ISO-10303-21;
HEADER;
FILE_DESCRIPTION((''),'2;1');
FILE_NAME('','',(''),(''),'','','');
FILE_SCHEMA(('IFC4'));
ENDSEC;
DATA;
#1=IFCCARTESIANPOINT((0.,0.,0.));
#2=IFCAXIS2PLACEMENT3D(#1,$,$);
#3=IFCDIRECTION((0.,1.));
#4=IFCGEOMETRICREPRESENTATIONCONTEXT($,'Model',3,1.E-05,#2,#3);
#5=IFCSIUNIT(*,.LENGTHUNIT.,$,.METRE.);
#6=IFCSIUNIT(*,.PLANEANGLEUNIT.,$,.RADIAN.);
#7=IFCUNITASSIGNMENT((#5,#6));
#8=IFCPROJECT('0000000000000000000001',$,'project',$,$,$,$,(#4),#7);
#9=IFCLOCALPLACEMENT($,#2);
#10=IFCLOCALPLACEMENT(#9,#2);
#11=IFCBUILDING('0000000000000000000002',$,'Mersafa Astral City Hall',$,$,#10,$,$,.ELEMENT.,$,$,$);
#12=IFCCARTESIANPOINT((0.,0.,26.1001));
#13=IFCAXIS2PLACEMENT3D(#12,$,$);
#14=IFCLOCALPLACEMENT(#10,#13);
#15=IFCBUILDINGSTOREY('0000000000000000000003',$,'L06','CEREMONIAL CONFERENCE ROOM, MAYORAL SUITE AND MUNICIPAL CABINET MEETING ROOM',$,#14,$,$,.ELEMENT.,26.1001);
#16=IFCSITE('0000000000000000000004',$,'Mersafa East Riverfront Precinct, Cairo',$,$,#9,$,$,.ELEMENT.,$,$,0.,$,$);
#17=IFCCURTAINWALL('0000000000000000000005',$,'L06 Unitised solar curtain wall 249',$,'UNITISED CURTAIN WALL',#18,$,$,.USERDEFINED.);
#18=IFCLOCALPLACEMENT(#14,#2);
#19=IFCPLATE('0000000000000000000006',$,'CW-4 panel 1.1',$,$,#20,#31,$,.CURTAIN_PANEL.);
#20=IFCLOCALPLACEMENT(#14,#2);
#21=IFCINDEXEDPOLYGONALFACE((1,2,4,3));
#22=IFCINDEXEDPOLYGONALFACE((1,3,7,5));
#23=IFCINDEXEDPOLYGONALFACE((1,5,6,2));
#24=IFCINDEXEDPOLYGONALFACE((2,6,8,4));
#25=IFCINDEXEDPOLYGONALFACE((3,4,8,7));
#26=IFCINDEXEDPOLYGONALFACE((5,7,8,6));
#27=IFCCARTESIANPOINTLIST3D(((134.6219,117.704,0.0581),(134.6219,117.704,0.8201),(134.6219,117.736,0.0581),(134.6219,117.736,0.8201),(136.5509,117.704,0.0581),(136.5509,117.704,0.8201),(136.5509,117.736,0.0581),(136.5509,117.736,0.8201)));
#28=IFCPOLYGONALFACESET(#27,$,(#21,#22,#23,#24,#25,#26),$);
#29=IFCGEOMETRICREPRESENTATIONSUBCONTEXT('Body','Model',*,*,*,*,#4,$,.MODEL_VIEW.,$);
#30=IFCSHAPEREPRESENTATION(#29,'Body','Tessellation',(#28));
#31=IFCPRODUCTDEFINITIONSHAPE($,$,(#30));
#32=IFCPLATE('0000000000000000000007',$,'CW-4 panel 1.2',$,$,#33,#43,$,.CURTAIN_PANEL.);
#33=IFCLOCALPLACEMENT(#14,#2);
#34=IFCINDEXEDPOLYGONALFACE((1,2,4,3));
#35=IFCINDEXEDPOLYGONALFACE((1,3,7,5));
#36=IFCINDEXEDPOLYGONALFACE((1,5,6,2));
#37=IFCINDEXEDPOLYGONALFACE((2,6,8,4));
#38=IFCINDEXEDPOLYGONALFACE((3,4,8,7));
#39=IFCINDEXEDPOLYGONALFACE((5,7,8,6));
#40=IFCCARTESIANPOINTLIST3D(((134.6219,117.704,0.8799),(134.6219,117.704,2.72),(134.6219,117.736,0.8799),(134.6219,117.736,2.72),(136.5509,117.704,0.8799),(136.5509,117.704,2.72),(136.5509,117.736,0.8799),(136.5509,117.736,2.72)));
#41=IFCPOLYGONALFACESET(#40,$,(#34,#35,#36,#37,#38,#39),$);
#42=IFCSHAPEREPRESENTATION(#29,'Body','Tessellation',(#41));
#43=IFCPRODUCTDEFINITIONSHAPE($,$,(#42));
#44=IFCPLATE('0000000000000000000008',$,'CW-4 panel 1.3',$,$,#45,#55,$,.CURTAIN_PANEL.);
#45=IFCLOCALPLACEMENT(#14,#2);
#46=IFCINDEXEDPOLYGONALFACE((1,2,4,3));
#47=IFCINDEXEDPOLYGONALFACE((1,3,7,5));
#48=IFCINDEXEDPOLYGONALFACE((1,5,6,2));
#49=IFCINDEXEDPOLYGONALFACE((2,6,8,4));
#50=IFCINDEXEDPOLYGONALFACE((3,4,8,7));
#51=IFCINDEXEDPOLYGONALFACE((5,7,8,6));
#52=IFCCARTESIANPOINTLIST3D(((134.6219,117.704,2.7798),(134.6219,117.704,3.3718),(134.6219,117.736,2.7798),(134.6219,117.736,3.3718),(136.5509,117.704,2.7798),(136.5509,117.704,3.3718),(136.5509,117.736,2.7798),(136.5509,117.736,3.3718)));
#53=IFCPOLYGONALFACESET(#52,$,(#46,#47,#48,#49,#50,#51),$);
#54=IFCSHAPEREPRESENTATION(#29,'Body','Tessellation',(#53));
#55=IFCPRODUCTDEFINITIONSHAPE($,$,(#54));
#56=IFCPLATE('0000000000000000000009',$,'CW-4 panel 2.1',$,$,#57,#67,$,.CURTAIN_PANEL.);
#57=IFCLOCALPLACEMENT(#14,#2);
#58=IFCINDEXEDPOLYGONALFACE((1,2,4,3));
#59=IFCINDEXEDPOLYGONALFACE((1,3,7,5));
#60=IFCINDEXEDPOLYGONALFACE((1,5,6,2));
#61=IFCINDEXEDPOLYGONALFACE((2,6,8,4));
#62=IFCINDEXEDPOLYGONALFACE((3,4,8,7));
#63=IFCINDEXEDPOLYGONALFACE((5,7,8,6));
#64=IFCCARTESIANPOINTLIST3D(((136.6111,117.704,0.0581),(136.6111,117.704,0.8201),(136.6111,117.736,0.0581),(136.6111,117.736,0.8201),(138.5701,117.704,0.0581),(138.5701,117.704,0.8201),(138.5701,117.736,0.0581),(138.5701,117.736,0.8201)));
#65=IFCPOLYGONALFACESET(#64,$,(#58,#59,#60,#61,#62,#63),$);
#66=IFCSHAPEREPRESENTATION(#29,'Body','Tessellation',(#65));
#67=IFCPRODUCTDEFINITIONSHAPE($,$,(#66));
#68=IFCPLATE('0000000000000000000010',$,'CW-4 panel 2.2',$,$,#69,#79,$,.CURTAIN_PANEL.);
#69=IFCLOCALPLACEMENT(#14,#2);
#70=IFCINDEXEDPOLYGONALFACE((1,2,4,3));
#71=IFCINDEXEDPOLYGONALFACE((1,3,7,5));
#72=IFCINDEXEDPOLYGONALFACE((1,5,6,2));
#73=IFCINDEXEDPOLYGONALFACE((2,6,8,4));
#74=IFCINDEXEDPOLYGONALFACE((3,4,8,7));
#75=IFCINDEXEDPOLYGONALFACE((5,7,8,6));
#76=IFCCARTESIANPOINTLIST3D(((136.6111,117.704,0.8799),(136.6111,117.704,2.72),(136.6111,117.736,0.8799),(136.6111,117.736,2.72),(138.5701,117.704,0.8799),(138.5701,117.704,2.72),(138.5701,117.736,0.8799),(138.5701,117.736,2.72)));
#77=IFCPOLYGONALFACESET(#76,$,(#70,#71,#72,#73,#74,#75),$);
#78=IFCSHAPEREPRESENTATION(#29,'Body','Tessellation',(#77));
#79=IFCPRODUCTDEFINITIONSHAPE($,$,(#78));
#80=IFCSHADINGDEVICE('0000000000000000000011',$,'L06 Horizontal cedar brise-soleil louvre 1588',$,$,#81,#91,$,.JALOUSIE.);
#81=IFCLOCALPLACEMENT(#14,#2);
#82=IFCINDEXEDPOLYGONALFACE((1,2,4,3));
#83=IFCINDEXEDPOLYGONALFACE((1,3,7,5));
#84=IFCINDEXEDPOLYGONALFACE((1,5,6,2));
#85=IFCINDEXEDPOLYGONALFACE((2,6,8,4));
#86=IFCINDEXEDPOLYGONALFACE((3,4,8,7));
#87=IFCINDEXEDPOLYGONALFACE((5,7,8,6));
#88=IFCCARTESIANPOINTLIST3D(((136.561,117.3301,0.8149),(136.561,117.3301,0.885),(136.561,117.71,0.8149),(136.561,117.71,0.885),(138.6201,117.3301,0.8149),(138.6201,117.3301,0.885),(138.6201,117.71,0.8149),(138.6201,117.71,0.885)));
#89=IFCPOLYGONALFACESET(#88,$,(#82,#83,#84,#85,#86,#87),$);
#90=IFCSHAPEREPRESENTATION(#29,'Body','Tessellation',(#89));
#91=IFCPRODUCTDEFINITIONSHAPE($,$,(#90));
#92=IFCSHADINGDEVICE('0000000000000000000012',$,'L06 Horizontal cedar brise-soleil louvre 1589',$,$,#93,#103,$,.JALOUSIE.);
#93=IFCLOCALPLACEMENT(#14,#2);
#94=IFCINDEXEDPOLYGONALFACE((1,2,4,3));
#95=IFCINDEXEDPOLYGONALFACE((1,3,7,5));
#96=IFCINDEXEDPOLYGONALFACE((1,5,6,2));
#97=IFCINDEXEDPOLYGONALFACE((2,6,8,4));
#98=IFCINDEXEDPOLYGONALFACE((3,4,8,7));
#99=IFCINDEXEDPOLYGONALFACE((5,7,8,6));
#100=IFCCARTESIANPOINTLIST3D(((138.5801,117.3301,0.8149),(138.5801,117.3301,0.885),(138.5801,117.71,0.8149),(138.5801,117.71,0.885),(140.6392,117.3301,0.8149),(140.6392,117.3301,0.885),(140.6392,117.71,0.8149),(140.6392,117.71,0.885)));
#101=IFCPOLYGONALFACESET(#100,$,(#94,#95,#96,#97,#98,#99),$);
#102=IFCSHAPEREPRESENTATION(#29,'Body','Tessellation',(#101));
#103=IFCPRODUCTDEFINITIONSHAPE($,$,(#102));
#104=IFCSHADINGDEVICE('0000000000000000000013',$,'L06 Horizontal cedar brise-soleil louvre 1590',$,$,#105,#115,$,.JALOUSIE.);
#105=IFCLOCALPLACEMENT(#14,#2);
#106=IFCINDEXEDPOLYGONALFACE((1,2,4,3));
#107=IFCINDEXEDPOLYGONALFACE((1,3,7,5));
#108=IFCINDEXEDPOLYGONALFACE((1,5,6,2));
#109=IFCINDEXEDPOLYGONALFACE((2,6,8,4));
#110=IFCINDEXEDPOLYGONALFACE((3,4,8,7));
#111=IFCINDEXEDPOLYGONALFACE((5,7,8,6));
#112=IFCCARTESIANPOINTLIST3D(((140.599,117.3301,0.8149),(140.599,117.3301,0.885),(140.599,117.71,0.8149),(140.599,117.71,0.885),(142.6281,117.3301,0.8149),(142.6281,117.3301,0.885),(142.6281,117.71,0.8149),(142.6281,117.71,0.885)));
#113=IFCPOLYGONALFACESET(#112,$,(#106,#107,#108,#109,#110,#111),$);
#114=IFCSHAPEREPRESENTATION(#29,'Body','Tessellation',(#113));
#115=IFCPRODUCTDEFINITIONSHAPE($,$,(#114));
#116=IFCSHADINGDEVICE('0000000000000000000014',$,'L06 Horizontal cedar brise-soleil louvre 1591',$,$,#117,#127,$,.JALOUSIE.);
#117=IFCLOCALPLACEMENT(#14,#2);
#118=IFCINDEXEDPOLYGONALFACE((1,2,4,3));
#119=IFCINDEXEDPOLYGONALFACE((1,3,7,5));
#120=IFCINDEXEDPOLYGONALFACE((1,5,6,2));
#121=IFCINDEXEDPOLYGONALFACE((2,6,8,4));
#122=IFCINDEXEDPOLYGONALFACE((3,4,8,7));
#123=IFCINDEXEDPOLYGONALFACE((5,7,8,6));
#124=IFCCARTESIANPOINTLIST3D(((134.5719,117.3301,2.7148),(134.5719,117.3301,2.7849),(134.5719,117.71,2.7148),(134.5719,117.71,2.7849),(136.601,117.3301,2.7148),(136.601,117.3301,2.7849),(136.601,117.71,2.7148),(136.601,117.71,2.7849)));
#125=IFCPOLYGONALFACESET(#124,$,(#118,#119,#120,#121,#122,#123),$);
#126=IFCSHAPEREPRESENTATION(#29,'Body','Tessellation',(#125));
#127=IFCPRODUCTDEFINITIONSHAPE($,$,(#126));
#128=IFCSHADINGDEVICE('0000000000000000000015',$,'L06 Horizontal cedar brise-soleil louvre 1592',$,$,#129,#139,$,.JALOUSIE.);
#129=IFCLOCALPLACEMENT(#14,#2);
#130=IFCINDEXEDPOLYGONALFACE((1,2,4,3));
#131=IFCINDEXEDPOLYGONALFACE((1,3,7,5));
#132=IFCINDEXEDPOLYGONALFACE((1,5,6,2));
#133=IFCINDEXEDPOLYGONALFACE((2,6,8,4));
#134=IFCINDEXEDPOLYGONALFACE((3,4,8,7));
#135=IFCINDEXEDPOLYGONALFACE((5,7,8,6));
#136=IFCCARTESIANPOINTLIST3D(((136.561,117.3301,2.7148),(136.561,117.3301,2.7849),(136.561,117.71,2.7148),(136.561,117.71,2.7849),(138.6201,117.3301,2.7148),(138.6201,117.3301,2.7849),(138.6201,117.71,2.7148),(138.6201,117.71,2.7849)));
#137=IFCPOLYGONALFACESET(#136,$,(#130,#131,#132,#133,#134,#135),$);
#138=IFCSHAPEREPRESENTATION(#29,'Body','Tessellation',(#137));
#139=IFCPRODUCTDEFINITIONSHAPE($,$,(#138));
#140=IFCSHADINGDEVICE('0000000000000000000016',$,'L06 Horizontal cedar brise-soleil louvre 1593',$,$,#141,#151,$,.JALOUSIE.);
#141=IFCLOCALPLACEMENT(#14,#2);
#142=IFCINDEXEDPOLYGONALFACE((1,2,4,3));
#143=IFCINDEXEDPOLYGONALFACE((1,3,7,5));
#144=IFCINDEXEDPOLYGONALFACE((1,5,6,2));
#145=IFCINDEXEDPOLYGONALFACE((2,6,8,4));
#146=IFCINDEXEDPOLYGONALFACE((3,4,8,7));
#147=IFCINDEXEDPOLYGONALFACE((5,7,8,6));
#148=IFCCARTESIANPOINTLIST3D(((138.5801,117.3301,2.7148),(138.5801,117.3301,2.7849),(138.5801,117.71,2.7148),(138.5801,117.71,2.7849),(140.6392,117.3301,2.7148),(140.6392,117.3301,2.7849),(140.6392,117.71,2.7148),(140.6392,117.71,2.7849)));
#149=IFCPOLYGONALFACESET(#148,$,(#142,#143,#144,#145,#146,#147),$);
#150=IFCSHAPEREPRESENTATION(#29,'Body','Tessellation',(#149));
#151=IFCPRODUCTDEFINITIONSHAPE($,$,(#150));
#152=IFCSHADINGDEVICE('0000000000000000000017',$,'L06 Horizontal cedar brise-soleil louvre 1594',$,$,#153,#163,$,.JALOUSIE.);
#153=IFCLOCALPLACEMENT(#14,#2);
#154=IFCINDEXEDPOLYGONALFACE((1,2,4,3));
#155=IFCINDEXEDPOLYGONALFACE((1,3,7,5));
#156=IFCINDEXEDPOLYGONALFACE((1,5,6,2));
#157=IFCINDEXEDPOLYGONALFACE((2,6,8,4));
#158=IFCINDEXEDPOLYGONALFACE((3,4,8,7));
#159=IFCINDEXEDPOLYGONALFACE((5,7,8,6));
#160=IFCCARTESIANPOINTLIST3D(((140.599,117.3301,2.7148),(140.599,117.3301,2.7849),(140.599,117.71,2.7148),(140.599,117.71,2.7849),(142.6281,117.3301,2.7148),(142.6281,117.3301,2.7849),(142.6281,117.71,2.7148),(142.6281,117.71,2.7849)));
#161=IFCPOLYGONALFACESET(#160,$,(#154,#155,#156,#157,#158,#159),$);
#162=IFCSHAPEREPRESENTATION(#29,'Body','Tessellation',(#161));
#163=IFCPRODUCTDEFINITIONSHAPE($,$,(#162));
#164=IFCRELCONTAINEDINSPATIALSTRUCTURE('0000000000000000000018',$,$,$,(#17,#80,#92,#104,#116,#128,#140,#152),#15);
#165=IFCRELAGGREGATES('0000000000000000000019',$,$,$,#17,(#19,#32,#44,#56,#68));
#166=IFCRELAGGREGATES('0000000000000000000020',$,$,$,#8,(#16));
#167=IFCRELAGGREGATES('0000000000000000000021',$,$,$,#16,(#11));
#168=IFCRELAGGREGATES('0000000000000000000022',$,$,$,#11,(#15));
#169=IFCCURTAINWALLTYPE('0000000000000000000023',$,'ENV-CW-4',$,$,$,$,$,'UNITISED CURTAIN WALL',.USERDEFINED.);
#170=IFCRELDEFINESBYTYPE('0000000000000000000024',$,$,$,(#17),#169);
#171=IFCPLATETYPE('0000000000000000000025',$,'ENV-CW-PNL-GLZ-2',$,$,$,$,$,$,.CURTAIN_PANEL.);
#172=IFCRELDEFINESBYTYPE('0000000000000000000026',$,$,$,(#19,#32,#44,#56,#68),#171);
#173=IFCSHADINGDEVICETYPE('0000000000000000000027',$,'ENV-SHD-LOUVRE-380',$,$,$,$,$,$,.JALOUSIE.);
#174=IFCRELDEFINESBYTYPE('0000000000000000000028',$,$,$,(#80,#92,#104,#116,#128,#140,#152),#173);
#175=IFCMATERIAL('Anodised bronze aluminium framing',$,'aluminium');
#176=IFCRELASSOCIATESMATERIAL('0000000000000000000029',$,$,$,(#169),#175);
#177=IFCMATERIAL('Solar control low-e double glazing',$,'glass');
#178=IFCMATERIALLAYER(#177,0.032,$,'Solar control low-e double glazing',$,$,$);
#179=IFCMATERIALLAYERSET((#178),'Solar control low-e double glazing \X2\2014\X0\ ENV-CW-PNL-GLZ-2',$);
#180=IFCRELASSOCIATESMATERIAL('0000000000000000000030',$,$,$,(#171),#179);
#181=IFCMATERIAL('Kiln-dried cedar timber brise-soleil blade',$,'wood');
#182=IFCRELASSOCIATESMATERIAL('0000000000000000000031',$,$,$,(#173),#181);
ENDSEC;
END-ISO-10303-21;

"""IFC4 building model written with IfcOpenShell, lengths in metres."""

from ifc_helpers import new_model, si_unit, direction, frame, origin, origin_2d, place, context, subcontext, project, spatial, rectangle, extrude, material, layer, layer_set, type_object, element, aggregate, save


model = new_model("IFC4")

# Units and contexts
model_context = context("Model", 3, precision=1e-05, world=origin(), true_north=direction((0.0, 1.0)))
body_context = subcontext(model_context, "Body", "Model", "MODEL_VIEW")
ifc_project = project(units=[si_unit("LENGTHUNIT", "METRE"), si_unit("PLANEANGLEUNIT", "RADIAN")], contexts=[model_context])

# Site, building, storey
site_placement = place(None, origin())
site = spatial("IfcSite", under=ifc_project, at=site_placement, Name="Mersafa East Riverfront Precinct, Cairo", CompositionType="ELEMENT", RefElevation=0.0)
building_placement = place(site_placement, origin())
building = spatial("IfcBuilding", under=site, at=building_placement, Name="Mersafa Astral City Hall", CompositionType="ELEMENT")
storey_placement = place(building_placement, frame((0.0, 0.0, 26.1001)))
storey = spatial("IfcBuildingStorey", under=building, at=storey_placement, Name="L06", Description="CEREMONIAL CONFERENCE ROOM, MAYORAL SUITE AND MUNICIPAL CABINET MEETING ROOM", CompositionType="ELEMENT", Elevation=26.1001)

# Curtain wall
ifc_material_1 = material(Name="Anodised bronze aluminium framing", Category="aluminium")
curtain_wall_type = type_object("IfcCurtainWallType", Name="ENV-CW-4", ElementType="UNITISED CURTAIN WALL", PredefinedType="USERDEFINED", material=ifc_material_1)
curtain_wall_placement = place(storey_placement, origin())
curtain_wall = element("IfcCurtainWall", 1, at=curtain_wall_placement, inside=storey, type_object=curtain_wall_type, Name="L06 Unitised solar curtain wall 249", ObjectType="UNITISED CURTAIN WALL", PredefinedType="USERDEFINED")

# Plates
ifc_material_2 = material(Name="Solar control low-e double glazing", Category="glass")
ifc_layer = layer(ifc_material_2, 0.032, Name="Solar control low-e double glazing")
ifc_layer_set = layer_set([ifc_layer], Name="Solar control low-e double glazing — ENV-CW-PNL-GLZ-2")
plate_type = type_object("IfcPlateType", Name="ENV-CW-PNL-GLZ-2", PredefinedType="CURTAIN_PANEL", material=ifc_layer_set)
plate_1_placement = place(storey_placement, frame((135.5864, 117.72, 0.0581), z_axis=(0.0, 0.0, 1.0), x_axis=(1.0, 0.0, 0.0)))
plate_1 = element("IfcPlate", 2, at=plate_1_placement, type_object=plate_type, Name="CW-4 panel 1.1", PredefinedType="CURTAIN_PANEL", context=body_context, shape_type="SweptSolid", body=[
    extrude(rectangle(XDim=1.929, YDim=0.032, at=origin_2d()), origin(), (0.0, 0.0, 1.0), 0.762),
])
plate_2_placement = place(storey_placement, frame((135.5864, 117.72, 0.8799), z_axis=(0.0, 0.0, 1.0), x_axis=(1.0, 0.0, 0.0)))
plate_2 = element("IfcPlate", 3, at=plate_2_placement, type_object=plate_type, Name="CW-4 panel 1.2", PredefinedType="CURTAIN_PANEL", context=body_context, shape_type="SweptSolid", body=[
    extrude(rectangle(XDim=1.929, YDim=0.032, at=origin_2d()), origin(), (0.0, 0.0, 1.0), 1.8401),
])
plate_3_placement = place(storey_placement, frame((135.5864, 117.72, 2.7798), z_axis=(0.0, 0.0, 1.0), x_axis=(1.0, 0.0, 0.0)))
plate_3 = element("IfcPlate", 4, at=plate_3_placement, type_object=plate_type, Name="CW-4 panel 1.3", PredefinedType="CURTAIN_PANEL", context=body_context, shape_type="SweptSolid", body=[
    extrude(rectangle(XDim=1.929, YDim=0.032, at=origin_2d()), origin(), (0.0, 0.0, 1.0), 0.592),
])
plate_4_placement = place(storey_placement, frame((137.5906, 117.72, 0.0581), z_axis=(0.0, 0.0, 1.0), x_axis=(1.0, 0.0, 0.0)))
plate_4 = element("IfcPlate", 5, at=plate_4_placement, type_object=plate_type, Name="CW-4 panel 2.1", PredefinedType="CURTAIN_PANEL", context=body_context, shape_type="SweptSolid", body=[
    extrude(rectangle(XDim=1.959, YDim=0.032, at=origin_2d()), origin(), (0.0, 0.0, 1.0), 0.762),
])
plate_5_placement = place(storey_placement, frame((137.5906, 117.72, 0.8799), z_axis=(0.0, 0.0, 1.0), x_axis=(1.0, 0.0, 0.0)))
plate_5 = element("IfcPlate", 6, at=plate_5_placement, type_object=plate_type, Name="CW-4 panel 2.2", PredefinedType="CURTAIN_PANEL", context=body_context, shape_type="SweptSolid", body=[
    extrude(rectangle(XDim=1.959, YDim=0.032, at=origin_2d()), origin(), (0.0, 0.0, 1.0), 1.8401),
])
aggregate(curtain_wall, [plate_1, plate_2, plate_3, plate_4, plate_5])

# Shading devices
ifc_material_3 = material(Name="Kiln-dried cedar timber brise-soleil blade", Category="wood")
shading_device_type = type_object("IfcShadingDeviceType", Name="ENV-SHD-LOUVRE-380", PredefinedType="JALOUSIE", material=ifc_material_3)
for number, where, z_axis, x_axis, name in (
    (7, (137.5906, 117.52, 0.8149), (0.0, 0.0, 1.0), (1.0, 0.0, 0.0), "L06 Horizontal cedar brise-soleil louvre 1588"),
    (8, (139.6096, 117.52, 0.8149), (0.0, 0.0, 1.0), (1.0, 0.0, 0.0), "L06 Horizontal cedar brise-soleil louvre 1589"),
):
    element("IfcShadingDevice", number, at=place(storey_placement, frame(where, z_axis=z_axis, x_axis=x_axis)), inside=storey, type_object=shading_device_type, Name=name, PredefinedType="JALOUSIE", context=body_context, shape_type="SweptSolid", body=[
        extrude(rectangle(XDim=2.0591, YDim=0.3799, at=origin_2d()), origin(), (0.0, 0.0, 1.0), 0.0701),
    ])
for number, where, z_axis, x_axis, name in (
    (9, (141.6135, 117.52, 0.8149), (0.0, 0.0, 1.0), (1.0, 0.0, 0.0), "L06 Horizontal cedar brise-soleil louvre 1590"),
    (10, (135.5864, 117.52, 2.7148), (0.0, 0.0, 1.0), (1.0, 0.0, 0.0), "L06 Horizontal cedar brise-soleil louvre 1591"),
):
    element("IfcShadingDevice", number, at=place(storey_placement, frame(where, z_axis=z_axis, x_axis=x_axis)), inside=storey, type_object=shading_device_type, Name=name, PredefinedType="JALOUSIE", context=body_context, shape_type="SweptSolid", body=[
        extrude(rectangle(XDim=2.0291, YDim=0.3799, at=origin_2d()), origin(), (0.0, 0.0, 1.0), 0.0701),
    ])
for number, where, z_axis, x_axis, name in (
    (11, (137.5906, 117.52, 2.7148), (0.0, 0.0, 1.0), (1.0, 0.0, 0.0), "L06 Horizontal cedar brise-soleil louvre 1592"),
    (12, (139.6096, 117.52, 2.7148), (0.0, 0.0, 1.0), (1.0, 0.0, 0.0), "L06 Horizontal cedar brise-soleil louvre 1593"),
):
    element("IfcShadingDevice", number, at=place(storey_placement, frame(where, z_axis=z_axis, x_axis=x_axis)), inside=storey, type_object=shading_device_type, Name=name, PredefinedType="JALOUSIE", context=body_context, shape_type="SweptSolid", body=[
        extrude(rectangle(XDim=2.0591, YDim=0.3799, at=origin_2d()), origin(), (0.0, 0.0, 1.0), 0.0701),
    ])
shading_device_placement = place(storey_placement, frame((141.6135, 117.52, 2.7148), z_axis=(0.0, 0.0, 1.0), x_axis=(1.0, 0.0, 0.0)))
element("IfcShadingDevice", 13, at=shading_device_placement, inside=storey, type_object=shading_device_type, Name="L06 Horizontal cedar brise-soleil louvre 1594", PredefinedType="JALOUSIE", context=body_context, shape_type="SweptSolid", body=[
    extrude(rectangle(XDim=2.0291, YDim=0.3799, at=origin_2d()), origin(), (0.0, 0.0, 1.0), 0.0701),
])

save(model, "model.ifc")
